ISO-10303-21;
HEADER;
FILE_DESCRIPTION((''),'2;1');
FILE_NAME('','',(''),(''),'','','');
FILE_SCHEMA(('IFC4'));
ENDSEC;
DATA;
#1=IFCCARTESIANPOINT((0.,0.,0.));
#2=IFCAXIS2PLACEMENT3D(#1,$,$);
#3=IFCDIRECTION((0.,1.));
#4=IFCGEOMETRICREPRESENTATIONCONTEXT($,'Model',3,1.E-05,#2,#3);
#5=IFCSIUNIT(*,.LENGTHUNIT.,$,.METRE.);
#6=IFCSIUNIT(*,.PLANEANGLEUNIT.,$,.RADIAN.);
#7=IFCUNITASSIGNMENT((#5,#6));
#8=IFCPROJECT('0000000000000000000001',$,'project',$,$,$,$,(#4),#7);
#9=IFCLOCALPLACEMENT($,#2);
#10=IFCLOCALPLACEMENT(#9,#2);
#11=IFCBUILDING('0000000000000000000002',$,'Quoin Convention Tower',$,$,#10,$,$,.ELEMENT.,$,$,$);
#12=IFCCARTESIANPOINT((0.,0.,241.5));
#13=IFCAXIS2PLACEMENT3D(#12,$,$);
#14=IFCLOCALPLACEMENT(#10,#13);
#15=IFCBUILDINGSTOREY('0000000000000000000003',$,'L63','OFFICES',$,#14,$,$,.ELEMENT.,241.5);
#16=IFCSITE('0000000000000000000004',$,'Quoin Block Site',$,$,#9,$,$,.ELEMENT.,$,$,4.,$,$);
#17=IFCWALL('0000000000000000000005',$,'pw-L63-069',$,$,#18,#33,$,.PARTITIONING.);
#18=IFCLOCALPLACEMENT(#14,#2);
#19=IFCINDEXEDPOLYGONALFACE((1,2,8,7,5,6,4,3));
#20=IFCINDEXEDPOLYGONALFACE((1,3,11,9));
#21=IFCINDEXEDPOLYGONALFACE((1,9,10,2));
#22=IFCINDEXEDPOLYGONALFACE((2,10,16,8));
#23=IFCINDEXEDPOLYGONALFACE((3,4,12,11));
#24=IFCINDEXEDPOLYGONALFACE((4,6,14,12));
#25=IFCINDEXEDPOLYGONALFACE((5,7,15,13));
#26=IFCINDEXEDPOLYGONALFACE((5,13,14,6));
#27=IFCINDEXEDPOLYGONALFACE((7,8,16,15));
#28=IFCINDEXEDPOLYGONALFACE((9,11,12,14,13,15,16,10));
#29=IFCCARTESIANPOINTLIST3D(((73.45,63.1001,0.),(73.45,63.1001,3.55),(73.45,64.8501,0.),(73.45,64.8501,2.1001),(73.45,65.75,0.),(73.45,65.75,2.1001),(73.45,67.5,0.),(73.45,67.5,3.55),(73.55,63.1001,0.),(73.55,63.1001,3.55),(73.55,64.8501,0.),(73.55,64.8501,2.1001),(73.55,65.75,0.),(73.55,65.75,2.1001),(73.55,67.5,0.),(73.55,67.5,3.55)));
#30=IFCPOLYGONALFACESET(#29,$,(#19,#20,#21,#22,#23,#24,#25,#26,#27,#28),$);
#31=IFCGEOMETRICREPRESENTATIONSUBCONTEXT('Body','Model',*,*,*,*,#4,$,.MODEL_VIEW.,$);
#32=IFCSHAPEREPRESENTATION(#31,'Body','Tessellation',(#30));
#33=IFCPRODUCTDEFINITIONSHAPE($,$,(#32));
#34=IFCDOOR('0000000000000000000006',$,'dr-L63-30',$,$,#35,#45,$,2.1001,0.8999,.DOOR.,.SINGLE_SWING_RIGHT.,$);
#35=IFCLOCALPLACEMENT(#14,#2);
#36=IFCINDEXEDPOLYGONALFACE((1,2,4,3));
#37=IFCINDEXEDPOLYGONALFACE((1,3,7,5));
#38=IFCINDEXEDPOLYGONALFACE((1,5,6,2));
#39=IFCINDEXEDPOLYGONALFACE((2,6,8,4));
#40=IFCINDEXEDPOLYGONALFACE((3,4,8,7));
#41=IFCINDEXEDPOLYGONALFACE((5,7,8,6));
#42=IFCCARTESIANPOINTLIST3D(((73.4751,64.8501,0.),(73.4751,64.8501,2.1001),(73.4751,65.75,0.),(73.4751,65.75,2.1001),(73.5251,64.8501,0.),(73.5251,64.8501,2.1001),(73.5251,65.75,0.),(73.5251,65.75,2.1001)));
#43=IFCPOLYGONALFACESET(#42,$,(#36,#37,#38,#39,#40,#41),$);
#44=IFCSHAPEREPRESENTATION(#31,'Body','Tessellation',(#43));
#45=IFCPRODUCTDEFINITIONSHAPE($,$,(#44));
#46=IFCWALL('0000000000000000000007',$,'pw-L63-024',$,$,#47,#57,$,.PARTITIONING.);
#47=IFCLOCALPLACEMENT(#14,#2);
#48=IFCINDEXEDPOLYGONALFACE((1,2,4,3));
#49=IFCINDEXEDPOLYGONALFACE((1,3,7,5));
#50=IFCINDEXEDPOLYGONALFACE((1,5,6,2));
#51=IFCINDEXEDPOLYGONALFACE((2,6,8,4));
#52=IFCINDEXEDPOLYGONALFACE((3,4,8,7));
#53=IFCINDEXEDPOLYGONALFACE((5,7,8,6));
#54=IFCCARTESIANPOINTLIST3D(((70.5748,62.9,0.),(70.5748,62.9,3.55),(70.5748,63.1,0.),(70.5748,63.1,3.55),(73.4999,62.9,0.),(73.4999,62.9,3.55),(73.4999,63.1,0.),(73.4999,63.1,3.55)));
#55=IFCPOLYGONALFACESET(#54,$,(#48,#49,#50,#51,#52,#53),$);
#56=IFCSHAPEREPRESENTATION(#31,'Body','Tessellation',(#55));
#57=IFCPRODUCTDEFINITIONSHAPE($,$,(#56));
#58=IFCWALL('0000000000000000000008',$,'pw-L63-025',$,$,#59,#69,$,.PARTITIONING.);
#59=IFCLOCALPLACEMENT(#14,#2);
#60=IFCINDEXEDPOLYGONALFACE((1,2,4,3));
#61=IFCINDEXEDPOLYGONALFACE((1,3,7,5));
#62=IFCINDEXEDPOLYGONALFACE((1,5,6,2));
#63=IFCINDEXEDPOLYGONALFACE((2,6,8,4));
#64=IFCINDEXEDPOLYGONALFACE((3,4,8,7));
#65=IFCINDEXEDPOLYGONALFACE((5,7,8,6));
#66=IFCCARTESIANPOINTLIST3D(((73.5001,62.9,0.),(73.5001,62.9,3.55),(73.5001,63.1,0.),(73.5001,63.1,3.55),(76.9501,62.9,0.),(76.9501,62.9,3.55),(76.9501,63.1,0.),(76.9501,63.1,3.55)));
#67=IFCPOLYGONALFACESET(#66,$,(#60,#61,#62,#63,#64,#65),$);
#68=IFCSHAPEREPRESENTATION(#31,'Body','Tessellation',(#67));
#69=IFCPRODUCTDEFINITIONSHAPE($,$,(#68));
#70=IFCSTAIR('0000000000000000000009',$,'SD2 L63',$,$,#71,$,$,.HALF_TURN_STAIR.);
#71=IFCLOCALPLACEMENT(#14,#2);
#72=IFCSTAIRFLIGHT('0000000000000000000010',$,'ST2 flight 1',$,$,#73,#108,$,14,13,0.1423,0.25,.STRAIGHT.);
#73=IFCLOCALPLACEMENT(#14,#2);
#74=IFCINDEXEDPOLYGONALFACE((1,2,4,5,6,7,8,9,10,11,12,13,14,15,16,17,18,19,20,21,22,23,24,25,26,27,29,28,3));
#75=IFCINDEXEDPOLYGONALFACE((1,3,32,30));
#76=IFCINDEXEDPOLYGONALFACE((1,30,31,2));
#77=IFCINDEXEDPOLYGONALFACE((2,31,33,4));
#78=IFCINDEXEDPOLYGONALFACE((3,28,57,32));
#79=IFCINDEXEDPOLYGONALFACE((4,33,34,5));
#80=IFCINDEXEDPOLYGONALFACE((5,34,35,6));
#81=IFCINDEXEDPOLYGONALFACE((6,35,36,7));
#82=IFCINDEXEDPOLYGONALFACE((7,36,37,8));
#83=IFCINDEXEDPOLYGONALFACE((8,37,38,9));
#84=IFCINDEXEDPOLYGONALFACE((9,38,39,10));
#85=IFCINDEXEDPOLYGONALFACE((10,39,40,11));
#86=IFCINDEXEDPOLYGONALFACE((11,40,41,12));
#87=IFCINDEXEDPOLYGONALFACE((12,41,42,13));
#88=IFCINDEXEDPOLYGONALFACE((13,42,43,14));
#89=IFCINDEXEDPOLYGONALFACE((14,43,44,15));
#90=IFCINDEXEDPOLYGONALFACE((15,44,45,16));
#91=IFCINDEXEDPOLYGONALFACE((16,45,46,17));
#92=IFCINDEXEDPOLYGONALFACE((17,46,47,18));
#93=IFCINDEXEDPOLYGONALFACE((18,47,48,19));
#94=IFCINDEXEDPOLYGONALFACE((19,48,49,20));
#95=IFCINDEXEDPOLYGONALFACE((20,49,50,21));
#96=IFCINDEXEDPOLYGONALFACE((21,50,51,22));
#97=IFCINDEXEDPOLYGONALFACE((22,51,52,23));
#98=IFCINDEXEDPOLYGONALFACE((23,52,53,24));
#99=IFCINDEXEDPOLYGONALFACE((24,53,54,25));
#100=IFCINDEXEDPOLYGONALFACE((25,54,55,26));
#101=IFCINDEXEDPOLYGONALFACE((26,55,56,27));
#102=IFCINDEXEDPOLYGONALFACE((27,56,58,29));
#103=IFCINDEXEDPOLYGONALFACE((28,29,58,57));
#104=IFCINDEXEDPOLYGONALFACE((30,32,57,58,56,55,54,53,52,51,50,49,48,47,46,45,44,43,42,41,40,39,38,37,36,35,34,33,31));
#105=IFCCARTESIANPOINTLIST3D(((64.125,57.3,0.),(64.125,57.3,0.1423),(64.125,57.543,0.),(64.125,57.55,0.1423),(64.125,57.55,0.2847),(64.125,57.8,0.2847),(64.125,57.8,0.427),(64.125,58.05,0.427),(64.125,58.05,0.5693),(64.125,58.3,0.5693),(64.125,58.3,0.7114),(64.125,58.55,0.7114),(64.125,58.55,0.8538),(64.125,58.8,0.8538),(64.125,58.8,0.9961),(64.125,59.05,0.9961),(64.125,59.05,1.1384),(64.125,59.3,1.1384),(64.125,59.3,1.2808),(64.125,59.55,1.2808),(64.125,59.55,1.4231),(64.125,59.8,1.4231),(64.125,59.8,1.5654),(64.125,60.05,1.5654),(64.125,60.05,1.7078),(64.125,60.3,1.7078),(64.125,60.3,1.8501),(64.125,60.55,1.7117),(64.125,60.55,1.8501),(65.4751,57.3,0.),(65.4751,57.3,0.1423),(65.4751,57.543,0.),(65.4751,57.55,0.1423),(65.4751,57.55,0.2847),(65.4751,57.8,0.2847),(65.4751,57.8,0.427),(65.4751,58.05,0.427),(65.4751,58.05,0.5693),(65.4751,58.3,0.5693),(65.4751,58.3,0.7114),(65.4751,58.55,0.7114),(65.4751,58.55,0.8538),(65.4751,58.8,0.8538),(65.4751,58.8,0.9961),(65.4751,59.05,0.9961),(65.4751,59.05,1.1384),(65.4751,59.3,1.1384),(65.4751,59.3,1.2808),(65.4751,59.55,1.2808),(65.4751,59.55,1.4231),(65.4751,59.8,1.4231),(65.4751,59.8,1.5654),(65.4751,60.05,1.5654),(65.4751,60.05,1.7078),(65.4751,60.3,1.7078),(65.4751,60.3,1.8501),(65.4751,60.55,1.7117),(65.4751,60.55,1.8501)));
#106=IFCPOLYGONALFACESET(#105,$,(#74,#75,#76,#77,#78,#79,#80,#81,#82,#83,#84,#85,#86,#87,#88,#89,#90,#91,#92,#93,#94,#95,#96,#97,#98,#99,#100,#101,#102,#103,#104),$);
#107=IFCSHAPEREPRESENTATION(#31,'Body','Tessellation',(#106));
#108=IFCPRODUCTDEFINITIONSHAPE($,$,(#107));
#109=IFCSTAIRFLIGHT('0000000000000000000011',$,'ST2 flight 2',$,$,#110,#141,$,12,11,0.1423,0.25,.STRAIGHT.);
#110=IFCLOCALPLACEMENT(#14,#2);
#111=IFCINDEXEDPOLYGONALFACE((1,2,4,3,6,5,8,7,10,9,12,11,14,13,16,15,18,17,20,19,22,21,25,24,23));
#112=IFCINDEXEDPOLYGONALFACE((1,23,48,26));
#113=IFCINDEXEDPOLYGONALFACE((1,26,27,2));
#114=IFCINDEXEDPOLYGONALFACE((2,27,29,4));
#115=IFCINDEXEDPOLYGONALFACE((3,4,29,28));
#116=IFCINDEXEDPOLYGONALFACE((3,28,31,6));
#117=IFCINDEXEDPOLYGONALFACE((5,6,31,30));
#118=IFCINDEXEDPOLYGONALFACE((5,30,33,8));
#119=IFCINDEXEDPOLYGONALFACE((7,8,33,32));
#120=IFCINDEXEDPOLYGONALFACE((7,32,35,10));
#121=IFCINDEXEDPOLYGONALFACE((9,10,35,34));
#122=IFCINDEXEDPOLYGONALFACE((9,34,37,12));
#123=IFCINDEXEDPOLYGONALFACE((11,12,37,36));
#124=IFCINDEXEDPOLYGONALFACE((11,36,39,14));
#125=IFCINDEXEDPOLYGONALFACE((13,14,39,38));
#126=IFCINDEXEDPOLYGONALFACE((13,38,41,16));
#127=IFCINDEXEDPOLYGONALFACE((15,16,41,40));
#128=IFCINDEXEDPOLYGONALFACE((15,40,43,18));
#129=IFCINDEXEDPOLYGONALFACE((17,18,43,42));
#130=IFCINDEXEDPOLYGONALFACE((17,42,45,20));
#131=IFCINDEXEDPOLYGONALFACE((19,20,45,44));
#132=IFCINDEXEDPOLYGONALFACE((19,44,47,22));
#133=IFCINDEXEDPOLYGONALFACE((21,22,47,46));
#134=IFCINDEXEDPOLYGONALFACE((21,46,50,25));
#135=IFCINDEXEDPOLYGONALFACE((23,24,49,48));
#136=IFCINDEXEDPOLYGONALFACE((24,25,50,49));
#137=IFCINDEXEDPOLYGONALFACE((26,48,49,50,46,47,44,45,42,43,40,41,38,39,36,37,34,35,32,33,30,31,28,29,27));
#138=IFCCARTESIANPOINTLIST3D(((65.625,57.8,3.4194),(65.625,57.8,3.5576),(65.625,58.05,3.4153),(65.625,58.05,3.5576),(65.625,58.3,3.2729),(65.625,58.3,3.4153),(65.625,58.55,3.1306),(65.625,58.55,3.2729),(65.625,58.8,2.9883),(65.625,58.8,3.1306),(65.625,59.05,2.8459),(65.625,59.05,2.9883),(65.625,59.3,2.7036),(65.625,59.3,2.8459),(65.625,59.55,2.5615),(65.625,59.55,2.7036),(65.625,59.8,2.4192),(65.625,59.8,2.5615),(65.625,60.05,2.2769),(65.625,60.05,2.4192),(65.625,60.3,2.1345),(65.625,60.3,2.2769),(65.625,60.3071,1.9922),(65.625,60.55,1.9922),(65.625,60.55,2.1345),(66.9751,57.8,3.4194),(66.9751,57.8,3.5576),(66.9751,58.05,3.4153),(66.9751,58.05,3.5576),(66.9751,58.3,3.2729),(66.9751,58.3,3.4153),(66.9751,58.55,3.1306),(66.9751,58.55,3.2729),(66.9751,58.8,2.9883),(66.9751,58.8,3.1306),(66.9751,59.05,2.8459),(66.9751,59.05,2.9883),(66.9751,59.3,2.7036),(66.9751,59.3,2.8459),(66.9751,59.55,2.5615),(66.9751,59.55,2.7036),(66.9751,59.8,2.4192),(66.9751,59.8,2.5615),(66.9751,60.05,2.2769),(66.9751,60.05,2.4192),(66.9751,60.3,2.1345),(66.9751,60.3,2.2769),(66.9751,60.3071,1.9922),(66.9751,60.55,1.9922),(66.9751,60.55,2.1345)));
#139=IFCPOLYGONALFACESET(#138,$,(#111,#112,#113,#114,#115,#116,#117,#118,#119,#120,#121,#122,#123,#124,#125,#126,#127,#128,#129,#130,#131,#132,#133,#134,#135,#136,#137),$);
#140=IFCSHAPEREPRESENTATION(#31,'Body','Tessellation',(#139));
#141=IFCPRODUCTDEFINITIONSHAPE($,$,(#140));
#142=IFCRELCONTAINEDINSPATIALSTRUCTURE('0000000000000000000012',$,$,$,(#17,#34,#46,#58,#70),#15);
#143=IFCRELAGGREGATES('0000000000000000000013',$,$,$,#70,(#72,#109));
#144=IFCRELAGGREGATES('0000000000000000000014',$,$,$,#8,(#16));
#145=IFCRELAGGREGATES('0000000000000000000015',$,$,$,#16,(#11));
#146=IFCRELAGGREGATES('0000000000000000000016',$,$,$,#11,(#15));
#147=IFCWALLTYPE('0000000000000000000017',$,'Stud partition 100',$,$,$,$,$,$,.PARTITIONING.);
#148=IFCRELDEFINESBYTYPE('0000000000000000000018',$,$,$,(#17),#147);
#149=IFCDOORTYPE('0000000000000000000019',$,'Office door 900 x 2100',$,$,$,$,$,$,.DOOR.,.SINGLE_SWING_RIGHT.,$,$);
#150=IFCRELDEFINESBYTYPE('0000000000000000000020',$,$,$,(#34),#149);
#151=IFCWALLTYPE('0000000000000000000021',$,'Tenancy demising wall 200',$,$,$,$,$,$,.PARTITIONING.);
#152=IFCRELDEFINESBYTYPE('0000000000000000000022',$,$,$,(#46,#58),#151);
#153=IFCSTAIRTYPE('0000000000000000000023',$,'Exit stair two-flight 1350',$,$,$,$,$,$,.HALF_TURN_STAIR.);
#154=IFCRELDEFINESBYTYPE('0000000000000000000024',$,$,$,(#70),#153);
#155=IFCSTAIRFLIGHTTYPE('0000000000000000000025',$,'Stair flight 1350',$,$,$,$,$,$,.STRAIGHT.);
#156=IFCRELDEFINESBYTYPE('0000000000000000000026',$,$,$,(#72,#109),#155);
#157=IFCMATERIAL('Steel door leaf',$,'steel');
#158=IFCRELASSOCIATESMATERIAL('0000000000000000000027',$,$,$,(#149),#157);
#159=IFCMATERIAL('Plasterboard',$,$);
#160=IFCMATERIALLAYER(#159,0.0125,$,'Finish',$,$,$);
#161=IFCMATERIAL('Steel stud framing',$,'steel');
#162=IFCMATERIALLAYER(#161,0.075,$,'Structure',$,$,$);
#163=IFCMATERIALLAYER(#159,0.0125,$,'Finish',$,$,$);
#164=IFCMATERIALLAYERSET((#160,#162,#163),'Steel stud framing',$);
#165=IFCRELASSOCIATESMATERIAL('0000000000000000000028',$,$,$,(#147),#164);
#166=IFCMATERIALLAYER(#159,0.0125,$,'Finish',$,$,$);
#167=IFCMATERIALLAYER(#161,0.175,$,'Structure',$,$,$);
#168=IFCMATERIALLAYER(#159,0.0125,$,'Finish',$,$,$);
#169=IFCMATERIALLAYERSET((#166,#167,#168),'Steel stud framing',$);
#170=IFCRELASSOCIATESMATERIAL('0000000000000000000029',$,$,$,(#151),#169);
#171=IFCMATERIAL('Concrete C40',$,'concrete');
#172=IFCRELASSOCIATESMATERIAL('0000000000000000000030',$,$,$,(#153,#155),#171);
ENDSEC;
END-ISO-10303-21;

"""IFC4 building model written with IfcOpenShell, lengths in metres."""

from ifc_helpers import new_model, si_unit, direction, frame, frame_2d, origin, place, context, subcontext, project, spatial, polyline, rectangle, outline, extrude, material, layer, layer_set, type_object, element, fill, aggregate, save


model = new_model("IFC4")

# Units and contexts
model_context = context("Model", 3, precision=1e-05, world=origin(), true_north=direction((0.0, 1.0)))
body_context = subcontext(model_context, "Body", "Model", "MODEL_VIEW")
ifc_project = project(units=[si_unit("LENGTHUNIT", "METRE"), si_unit("PLANEANGLEUNIT", "RADIAN")], contexts=[model_context])

# Site, building, storey
site_placement = place(None, origin())
site = spatial("IfcSite", under=ifc_project, at=site_placement, Name="Quoin Block Site", CompositionType="ELEMENT", RefElevation=4.0)
building_placement = place(site_placement, origin())
building = spatial("IfcBuilding", under=site, at=building_placement, Name="Quoin Convention Tower", CompositionType="ELEMENT")
storey_placement = place(building_placement, frame((0.0, 0.0, 241.5)))
storey = spatial("IfcBuildingStorey", under=building, at=storey_placement, Name="L63", Description="OFFICES", CompositionType="ELEMENT", Elevation=241.5)

# Shared definitions
ifc_material_1 = material(Name="Plasterboard")
ifc_material_2 = material(Name="Steel stud framing", Category="steel")

# Shared definitions
ifc_material_3 = material(Name="Steel door leaf", Category="steel")
door_type_1 = type_object("IfcDoorType", Name="Office door 900 x 2100", OperationType="SINGLE_SWING_RIGHT", PredefinedType="DOOR", material=ifc_material_3)

# Wall, opening, door
ifc_layer_1 = layer(ifc_material_1, 0.0125, Name="Finish")
ifc_layer_2 = layer(ifc_material_2, 0.075, Name="Structure")
ifc_layer_3 = layer(ifc_material_1, 0.0125, Name="Finish")
ifc_layer_set_1 = layer_set([ifc_layer_1, ifc_layer_2, ifc_layer_3], Name="Steel stud framing")
wall_type_1 = type_object("IfcWallType", Name="Stud partition 100", PredefinedType="PARTITIONING", material=ifc_layer_set_1)
wall_1_placement = place(storey_placement, frame((73.5, 63.1001, 0.0), z_axis=(0.0, 0.0, 1.0), x_axis=(0.0, 1.0, 0.0)))
wall_1 = element("IfcWall", 1, at=wall_1_placement, inside=storey, type_object=wall_type_1, Name="pw-L63-069", PredefinedType="PARTITIONING", context=body_context, shape_type="SweptSolid", body=[
    extrude(rectangle(XDim=4.3999, YDim=0.1001, at=frame_2d((2.2, 0.0))), origin(), (0.0, 0.0, 1.0), 3.55),
])
opening_1_placement = place(wall_1_placement, frame((1.75, 0.0, 0.0)))
opening_1 = element("IfcOpeningElement", 2, at=opening_1_placement, cuts=wall_1, PredefinedType="OPENING", context=body_context, shape_type="SweptSolid", body=[
    extrude(rectangle(XDim=0.8999, YDim=2.1001, at=frame_2d((0.45, 1.05))), frame((0.0, 0.0601, 0.0), z_axis=(0.0, -1.0, 0.0), x_axis=(1.0, 0.0, 0.0)), (0.0, 0.0, 1.0), 0.1201),
])
door_1_placement = place(opening_1_placement, origin())
door_1 = element("IfcDoor", 3, at=door_1_placement, inside=storey, type_object=door_type_1, Name="dr-L63-30", OperationType="SINGLE_SWING_RIGHT", OverallHeight=2.1001, OverallWidth=0.8999, PredefinedType="DOOR", context=body_context, shape_type="SweptSolid", body=[
    extrude(rectangle(XDim=0.8999, YDim=2.1001, at=frame_2d((0.45, 1.05))), frame((0.0, 0.0249, 0.0), z_axis=(0.0, -1.0, 0.0), x_axis=(1.0, 0.0, 0.0)), (0.0, 0.0, 1.0), 0.05),
])
fill(opening_1, door_1)

# Walls
ifc_layer_4 = layer(ifc_material_1, 0.0125, Name="Finish")
ifc_layer_5 = layer(ifc_material_2, 0.175, Name="Structure")
ifc_layer_6 = layer(ifc_material_1, 0.0125, Name="Finish")
ifc_layer_set_2 = layer_set([ifc_layer_4, ifc_layer_5, ifc_layer_6], Name="Steel stud framing")
wall_type_2 = type_object("IfcWallType", Name="Tenancy demising wall 200", PredefinedType="PARTITIONING", material=ifc_layer_set_2)
wall_2_placement = place(storey_placement, frame((70.575, 63.0, 0.0), z_axis=(0.0, 0.0, 1.0), x_axis=(1.0, 0.0, 0.0)))
element("IfcWall", 4, at=wall_2_placement, inside=storey, type_object=wall_type_2, Name="pw-L63-024", PredefinedType="PARTITIONING", context=body_context, shape_type="SweptSolid", body=[
    extrude(rectangle(XDim=2.925, YDim=0.2, at=frame_2d((1.4624, 0.0))), origin(), (0.0, 0.0, 1.0), 3.55),
])
wall_3_placement = place(storey_placement, frame((73.5, 63.0, 0.0), z_axis=(0.0, 0.0, 1.0), x_axis=(1.0, 0.0, 0.0)))
element("IfcWall", 5, at=wall_3_placement, inside=storey, type_object=wall_type_2, Name="pw-L63-025", PredefinedType="PARTITIONING", context=body_context, shape_type="SweptSolid", body=[
    extrude(rectangle(XDim=3.45, YDim=0.2, at=frame_2d((1.7251, 0.0))), origin(), (0.0, 0.0, 1.0), 3.55),
])

# Stair, stair flights
ifc_material_4 = material(Name="Concrete C40", Category="concrete")
stair_type = type_object("IfcStairType", Name="Exit stair two-flight 1350", PredefinedType="HALF_TURN_STAIR", material=ifc_material_4)
stair_placement = place(storey_placement, origin())
stair = element("IfcStair", 6, at=stair_placement, inside=storey, type_object=stair_type, Name="SD2 L63", PredefinedType="HALF_TURN_STAIR")
stair_flight_type = type_object("IfcStairFlightType", Name="Stair flight 1350", PredefinedType="STRAIGHT", material=ifc_material_4)
stair_flight_1_placement = place(storey_placement, frame((64.8, 57.3, 0.0), z_axis=(0.0, 0.0, 1.0), x_axis=(0.0, 1.0, 0.0)))
stair_flight_1 = element("IfcStairFlight", 7, at=stair_flight_1_placement, type_object=stair_flight_type, Name="ST2 flight 1", NumberOfRisers=14, NumberOfTreads=13, PredefinedType="STRAIGHT", RiserHeight=0.1423, TreadLength=0.25, context=body_context, shape_type="SweptSolid", body=[
    extrude(outline(polyline([(0.0, 0.0), (0.0, 0.1423), (0.25, 0.1423), (0.25, 0.2847), (0.5, 0.2847), (0.5, 0.427), (0.75, 0.427), (0.75, 0.5693), (1.0, 0.5693), (1.0, 0.7114), (1.25, 0.7114), (1.25, 0.8538), (1.5, 0.8538), (1.5, 0.9961), (1.75, 0.9961), (1.75, 1.1384), (2.0, 1.1384), (2.0, 1.2808), (2.25, 1.2808), (2.25, 1.4231), (2.5, 1.4231), (2.5, 1.5654), (2.75, 1.5654), (2.75, 1.7078), (3.0, 1.7078), (3.0, 1.8501), (3.25, 1.8501), (3.25, 1.9922), (3.25, 1.7117), (0.2429, 0.0), (0.0, 0.0)])), frame((0.0, 0.675, 0.0), z_axis=(0.0, -1.0, 0.0), x_axis=(1.0, 0.0, 0.0)), (0.0, 0.0, 1.0), 1.3501),
])
stair_flight_2_placement = place(storey_placement, frame((66.3, 60.55, 1.9922), z_axis=(0.0, 0.0, 1.0), x_axis=(0.0, -1.0, 0.0)))
stair_flight_2 = element("IfcStairFlight", 8, at=stair_flight_2_placement, type_object=stair_flight_type, Name="ST2 flight 2", NumberOfRisers=12, NumberOfTreads=11, PredefinedType="STRAIGHT", RiserHeight=0.1423, TreadLength=0.25, context=body_context, shape_type="SweptSolid", body=[
    extrude(outline(polyline([(0.0, 0.0), (0.0, 0.1423), (0.25, 0.1423), (0.25, 0.2847), (0.5, 0.2847), (0.5, 0.427), (0.75, 0.427), (0.75, 0.5693), (1.0, 0.5693), (1.0, 0.7114), (1.25, 0.7114), (1.25, 0.8538), (1.5, 0.8538), (1.5, 0.9961), (1.75, 0.9961), (1.75, 1.1384), (2.0, 1.1384), (2.0, 1.2808), (2.25, 1.2808), (2.25, 1.4231), (2.5, 1.4231), (2.5, 1.5654), (2.75, 1.5654), (2.75, 1.7078), (2.75, 1.4272), (0.2429, 0.0), (0.0, 0.0)])), frame((0.0, 0.675, 0.0), z_axis=(0.0, -1.0, 0.0), x_axis=(1.0, 0.0, 0.0)), (0.0, 0.0, 1.0), 1.3501),
])
aggregate(stair, [stair_flight_1, stair_flight_2])

save(model, "model.ifc")
